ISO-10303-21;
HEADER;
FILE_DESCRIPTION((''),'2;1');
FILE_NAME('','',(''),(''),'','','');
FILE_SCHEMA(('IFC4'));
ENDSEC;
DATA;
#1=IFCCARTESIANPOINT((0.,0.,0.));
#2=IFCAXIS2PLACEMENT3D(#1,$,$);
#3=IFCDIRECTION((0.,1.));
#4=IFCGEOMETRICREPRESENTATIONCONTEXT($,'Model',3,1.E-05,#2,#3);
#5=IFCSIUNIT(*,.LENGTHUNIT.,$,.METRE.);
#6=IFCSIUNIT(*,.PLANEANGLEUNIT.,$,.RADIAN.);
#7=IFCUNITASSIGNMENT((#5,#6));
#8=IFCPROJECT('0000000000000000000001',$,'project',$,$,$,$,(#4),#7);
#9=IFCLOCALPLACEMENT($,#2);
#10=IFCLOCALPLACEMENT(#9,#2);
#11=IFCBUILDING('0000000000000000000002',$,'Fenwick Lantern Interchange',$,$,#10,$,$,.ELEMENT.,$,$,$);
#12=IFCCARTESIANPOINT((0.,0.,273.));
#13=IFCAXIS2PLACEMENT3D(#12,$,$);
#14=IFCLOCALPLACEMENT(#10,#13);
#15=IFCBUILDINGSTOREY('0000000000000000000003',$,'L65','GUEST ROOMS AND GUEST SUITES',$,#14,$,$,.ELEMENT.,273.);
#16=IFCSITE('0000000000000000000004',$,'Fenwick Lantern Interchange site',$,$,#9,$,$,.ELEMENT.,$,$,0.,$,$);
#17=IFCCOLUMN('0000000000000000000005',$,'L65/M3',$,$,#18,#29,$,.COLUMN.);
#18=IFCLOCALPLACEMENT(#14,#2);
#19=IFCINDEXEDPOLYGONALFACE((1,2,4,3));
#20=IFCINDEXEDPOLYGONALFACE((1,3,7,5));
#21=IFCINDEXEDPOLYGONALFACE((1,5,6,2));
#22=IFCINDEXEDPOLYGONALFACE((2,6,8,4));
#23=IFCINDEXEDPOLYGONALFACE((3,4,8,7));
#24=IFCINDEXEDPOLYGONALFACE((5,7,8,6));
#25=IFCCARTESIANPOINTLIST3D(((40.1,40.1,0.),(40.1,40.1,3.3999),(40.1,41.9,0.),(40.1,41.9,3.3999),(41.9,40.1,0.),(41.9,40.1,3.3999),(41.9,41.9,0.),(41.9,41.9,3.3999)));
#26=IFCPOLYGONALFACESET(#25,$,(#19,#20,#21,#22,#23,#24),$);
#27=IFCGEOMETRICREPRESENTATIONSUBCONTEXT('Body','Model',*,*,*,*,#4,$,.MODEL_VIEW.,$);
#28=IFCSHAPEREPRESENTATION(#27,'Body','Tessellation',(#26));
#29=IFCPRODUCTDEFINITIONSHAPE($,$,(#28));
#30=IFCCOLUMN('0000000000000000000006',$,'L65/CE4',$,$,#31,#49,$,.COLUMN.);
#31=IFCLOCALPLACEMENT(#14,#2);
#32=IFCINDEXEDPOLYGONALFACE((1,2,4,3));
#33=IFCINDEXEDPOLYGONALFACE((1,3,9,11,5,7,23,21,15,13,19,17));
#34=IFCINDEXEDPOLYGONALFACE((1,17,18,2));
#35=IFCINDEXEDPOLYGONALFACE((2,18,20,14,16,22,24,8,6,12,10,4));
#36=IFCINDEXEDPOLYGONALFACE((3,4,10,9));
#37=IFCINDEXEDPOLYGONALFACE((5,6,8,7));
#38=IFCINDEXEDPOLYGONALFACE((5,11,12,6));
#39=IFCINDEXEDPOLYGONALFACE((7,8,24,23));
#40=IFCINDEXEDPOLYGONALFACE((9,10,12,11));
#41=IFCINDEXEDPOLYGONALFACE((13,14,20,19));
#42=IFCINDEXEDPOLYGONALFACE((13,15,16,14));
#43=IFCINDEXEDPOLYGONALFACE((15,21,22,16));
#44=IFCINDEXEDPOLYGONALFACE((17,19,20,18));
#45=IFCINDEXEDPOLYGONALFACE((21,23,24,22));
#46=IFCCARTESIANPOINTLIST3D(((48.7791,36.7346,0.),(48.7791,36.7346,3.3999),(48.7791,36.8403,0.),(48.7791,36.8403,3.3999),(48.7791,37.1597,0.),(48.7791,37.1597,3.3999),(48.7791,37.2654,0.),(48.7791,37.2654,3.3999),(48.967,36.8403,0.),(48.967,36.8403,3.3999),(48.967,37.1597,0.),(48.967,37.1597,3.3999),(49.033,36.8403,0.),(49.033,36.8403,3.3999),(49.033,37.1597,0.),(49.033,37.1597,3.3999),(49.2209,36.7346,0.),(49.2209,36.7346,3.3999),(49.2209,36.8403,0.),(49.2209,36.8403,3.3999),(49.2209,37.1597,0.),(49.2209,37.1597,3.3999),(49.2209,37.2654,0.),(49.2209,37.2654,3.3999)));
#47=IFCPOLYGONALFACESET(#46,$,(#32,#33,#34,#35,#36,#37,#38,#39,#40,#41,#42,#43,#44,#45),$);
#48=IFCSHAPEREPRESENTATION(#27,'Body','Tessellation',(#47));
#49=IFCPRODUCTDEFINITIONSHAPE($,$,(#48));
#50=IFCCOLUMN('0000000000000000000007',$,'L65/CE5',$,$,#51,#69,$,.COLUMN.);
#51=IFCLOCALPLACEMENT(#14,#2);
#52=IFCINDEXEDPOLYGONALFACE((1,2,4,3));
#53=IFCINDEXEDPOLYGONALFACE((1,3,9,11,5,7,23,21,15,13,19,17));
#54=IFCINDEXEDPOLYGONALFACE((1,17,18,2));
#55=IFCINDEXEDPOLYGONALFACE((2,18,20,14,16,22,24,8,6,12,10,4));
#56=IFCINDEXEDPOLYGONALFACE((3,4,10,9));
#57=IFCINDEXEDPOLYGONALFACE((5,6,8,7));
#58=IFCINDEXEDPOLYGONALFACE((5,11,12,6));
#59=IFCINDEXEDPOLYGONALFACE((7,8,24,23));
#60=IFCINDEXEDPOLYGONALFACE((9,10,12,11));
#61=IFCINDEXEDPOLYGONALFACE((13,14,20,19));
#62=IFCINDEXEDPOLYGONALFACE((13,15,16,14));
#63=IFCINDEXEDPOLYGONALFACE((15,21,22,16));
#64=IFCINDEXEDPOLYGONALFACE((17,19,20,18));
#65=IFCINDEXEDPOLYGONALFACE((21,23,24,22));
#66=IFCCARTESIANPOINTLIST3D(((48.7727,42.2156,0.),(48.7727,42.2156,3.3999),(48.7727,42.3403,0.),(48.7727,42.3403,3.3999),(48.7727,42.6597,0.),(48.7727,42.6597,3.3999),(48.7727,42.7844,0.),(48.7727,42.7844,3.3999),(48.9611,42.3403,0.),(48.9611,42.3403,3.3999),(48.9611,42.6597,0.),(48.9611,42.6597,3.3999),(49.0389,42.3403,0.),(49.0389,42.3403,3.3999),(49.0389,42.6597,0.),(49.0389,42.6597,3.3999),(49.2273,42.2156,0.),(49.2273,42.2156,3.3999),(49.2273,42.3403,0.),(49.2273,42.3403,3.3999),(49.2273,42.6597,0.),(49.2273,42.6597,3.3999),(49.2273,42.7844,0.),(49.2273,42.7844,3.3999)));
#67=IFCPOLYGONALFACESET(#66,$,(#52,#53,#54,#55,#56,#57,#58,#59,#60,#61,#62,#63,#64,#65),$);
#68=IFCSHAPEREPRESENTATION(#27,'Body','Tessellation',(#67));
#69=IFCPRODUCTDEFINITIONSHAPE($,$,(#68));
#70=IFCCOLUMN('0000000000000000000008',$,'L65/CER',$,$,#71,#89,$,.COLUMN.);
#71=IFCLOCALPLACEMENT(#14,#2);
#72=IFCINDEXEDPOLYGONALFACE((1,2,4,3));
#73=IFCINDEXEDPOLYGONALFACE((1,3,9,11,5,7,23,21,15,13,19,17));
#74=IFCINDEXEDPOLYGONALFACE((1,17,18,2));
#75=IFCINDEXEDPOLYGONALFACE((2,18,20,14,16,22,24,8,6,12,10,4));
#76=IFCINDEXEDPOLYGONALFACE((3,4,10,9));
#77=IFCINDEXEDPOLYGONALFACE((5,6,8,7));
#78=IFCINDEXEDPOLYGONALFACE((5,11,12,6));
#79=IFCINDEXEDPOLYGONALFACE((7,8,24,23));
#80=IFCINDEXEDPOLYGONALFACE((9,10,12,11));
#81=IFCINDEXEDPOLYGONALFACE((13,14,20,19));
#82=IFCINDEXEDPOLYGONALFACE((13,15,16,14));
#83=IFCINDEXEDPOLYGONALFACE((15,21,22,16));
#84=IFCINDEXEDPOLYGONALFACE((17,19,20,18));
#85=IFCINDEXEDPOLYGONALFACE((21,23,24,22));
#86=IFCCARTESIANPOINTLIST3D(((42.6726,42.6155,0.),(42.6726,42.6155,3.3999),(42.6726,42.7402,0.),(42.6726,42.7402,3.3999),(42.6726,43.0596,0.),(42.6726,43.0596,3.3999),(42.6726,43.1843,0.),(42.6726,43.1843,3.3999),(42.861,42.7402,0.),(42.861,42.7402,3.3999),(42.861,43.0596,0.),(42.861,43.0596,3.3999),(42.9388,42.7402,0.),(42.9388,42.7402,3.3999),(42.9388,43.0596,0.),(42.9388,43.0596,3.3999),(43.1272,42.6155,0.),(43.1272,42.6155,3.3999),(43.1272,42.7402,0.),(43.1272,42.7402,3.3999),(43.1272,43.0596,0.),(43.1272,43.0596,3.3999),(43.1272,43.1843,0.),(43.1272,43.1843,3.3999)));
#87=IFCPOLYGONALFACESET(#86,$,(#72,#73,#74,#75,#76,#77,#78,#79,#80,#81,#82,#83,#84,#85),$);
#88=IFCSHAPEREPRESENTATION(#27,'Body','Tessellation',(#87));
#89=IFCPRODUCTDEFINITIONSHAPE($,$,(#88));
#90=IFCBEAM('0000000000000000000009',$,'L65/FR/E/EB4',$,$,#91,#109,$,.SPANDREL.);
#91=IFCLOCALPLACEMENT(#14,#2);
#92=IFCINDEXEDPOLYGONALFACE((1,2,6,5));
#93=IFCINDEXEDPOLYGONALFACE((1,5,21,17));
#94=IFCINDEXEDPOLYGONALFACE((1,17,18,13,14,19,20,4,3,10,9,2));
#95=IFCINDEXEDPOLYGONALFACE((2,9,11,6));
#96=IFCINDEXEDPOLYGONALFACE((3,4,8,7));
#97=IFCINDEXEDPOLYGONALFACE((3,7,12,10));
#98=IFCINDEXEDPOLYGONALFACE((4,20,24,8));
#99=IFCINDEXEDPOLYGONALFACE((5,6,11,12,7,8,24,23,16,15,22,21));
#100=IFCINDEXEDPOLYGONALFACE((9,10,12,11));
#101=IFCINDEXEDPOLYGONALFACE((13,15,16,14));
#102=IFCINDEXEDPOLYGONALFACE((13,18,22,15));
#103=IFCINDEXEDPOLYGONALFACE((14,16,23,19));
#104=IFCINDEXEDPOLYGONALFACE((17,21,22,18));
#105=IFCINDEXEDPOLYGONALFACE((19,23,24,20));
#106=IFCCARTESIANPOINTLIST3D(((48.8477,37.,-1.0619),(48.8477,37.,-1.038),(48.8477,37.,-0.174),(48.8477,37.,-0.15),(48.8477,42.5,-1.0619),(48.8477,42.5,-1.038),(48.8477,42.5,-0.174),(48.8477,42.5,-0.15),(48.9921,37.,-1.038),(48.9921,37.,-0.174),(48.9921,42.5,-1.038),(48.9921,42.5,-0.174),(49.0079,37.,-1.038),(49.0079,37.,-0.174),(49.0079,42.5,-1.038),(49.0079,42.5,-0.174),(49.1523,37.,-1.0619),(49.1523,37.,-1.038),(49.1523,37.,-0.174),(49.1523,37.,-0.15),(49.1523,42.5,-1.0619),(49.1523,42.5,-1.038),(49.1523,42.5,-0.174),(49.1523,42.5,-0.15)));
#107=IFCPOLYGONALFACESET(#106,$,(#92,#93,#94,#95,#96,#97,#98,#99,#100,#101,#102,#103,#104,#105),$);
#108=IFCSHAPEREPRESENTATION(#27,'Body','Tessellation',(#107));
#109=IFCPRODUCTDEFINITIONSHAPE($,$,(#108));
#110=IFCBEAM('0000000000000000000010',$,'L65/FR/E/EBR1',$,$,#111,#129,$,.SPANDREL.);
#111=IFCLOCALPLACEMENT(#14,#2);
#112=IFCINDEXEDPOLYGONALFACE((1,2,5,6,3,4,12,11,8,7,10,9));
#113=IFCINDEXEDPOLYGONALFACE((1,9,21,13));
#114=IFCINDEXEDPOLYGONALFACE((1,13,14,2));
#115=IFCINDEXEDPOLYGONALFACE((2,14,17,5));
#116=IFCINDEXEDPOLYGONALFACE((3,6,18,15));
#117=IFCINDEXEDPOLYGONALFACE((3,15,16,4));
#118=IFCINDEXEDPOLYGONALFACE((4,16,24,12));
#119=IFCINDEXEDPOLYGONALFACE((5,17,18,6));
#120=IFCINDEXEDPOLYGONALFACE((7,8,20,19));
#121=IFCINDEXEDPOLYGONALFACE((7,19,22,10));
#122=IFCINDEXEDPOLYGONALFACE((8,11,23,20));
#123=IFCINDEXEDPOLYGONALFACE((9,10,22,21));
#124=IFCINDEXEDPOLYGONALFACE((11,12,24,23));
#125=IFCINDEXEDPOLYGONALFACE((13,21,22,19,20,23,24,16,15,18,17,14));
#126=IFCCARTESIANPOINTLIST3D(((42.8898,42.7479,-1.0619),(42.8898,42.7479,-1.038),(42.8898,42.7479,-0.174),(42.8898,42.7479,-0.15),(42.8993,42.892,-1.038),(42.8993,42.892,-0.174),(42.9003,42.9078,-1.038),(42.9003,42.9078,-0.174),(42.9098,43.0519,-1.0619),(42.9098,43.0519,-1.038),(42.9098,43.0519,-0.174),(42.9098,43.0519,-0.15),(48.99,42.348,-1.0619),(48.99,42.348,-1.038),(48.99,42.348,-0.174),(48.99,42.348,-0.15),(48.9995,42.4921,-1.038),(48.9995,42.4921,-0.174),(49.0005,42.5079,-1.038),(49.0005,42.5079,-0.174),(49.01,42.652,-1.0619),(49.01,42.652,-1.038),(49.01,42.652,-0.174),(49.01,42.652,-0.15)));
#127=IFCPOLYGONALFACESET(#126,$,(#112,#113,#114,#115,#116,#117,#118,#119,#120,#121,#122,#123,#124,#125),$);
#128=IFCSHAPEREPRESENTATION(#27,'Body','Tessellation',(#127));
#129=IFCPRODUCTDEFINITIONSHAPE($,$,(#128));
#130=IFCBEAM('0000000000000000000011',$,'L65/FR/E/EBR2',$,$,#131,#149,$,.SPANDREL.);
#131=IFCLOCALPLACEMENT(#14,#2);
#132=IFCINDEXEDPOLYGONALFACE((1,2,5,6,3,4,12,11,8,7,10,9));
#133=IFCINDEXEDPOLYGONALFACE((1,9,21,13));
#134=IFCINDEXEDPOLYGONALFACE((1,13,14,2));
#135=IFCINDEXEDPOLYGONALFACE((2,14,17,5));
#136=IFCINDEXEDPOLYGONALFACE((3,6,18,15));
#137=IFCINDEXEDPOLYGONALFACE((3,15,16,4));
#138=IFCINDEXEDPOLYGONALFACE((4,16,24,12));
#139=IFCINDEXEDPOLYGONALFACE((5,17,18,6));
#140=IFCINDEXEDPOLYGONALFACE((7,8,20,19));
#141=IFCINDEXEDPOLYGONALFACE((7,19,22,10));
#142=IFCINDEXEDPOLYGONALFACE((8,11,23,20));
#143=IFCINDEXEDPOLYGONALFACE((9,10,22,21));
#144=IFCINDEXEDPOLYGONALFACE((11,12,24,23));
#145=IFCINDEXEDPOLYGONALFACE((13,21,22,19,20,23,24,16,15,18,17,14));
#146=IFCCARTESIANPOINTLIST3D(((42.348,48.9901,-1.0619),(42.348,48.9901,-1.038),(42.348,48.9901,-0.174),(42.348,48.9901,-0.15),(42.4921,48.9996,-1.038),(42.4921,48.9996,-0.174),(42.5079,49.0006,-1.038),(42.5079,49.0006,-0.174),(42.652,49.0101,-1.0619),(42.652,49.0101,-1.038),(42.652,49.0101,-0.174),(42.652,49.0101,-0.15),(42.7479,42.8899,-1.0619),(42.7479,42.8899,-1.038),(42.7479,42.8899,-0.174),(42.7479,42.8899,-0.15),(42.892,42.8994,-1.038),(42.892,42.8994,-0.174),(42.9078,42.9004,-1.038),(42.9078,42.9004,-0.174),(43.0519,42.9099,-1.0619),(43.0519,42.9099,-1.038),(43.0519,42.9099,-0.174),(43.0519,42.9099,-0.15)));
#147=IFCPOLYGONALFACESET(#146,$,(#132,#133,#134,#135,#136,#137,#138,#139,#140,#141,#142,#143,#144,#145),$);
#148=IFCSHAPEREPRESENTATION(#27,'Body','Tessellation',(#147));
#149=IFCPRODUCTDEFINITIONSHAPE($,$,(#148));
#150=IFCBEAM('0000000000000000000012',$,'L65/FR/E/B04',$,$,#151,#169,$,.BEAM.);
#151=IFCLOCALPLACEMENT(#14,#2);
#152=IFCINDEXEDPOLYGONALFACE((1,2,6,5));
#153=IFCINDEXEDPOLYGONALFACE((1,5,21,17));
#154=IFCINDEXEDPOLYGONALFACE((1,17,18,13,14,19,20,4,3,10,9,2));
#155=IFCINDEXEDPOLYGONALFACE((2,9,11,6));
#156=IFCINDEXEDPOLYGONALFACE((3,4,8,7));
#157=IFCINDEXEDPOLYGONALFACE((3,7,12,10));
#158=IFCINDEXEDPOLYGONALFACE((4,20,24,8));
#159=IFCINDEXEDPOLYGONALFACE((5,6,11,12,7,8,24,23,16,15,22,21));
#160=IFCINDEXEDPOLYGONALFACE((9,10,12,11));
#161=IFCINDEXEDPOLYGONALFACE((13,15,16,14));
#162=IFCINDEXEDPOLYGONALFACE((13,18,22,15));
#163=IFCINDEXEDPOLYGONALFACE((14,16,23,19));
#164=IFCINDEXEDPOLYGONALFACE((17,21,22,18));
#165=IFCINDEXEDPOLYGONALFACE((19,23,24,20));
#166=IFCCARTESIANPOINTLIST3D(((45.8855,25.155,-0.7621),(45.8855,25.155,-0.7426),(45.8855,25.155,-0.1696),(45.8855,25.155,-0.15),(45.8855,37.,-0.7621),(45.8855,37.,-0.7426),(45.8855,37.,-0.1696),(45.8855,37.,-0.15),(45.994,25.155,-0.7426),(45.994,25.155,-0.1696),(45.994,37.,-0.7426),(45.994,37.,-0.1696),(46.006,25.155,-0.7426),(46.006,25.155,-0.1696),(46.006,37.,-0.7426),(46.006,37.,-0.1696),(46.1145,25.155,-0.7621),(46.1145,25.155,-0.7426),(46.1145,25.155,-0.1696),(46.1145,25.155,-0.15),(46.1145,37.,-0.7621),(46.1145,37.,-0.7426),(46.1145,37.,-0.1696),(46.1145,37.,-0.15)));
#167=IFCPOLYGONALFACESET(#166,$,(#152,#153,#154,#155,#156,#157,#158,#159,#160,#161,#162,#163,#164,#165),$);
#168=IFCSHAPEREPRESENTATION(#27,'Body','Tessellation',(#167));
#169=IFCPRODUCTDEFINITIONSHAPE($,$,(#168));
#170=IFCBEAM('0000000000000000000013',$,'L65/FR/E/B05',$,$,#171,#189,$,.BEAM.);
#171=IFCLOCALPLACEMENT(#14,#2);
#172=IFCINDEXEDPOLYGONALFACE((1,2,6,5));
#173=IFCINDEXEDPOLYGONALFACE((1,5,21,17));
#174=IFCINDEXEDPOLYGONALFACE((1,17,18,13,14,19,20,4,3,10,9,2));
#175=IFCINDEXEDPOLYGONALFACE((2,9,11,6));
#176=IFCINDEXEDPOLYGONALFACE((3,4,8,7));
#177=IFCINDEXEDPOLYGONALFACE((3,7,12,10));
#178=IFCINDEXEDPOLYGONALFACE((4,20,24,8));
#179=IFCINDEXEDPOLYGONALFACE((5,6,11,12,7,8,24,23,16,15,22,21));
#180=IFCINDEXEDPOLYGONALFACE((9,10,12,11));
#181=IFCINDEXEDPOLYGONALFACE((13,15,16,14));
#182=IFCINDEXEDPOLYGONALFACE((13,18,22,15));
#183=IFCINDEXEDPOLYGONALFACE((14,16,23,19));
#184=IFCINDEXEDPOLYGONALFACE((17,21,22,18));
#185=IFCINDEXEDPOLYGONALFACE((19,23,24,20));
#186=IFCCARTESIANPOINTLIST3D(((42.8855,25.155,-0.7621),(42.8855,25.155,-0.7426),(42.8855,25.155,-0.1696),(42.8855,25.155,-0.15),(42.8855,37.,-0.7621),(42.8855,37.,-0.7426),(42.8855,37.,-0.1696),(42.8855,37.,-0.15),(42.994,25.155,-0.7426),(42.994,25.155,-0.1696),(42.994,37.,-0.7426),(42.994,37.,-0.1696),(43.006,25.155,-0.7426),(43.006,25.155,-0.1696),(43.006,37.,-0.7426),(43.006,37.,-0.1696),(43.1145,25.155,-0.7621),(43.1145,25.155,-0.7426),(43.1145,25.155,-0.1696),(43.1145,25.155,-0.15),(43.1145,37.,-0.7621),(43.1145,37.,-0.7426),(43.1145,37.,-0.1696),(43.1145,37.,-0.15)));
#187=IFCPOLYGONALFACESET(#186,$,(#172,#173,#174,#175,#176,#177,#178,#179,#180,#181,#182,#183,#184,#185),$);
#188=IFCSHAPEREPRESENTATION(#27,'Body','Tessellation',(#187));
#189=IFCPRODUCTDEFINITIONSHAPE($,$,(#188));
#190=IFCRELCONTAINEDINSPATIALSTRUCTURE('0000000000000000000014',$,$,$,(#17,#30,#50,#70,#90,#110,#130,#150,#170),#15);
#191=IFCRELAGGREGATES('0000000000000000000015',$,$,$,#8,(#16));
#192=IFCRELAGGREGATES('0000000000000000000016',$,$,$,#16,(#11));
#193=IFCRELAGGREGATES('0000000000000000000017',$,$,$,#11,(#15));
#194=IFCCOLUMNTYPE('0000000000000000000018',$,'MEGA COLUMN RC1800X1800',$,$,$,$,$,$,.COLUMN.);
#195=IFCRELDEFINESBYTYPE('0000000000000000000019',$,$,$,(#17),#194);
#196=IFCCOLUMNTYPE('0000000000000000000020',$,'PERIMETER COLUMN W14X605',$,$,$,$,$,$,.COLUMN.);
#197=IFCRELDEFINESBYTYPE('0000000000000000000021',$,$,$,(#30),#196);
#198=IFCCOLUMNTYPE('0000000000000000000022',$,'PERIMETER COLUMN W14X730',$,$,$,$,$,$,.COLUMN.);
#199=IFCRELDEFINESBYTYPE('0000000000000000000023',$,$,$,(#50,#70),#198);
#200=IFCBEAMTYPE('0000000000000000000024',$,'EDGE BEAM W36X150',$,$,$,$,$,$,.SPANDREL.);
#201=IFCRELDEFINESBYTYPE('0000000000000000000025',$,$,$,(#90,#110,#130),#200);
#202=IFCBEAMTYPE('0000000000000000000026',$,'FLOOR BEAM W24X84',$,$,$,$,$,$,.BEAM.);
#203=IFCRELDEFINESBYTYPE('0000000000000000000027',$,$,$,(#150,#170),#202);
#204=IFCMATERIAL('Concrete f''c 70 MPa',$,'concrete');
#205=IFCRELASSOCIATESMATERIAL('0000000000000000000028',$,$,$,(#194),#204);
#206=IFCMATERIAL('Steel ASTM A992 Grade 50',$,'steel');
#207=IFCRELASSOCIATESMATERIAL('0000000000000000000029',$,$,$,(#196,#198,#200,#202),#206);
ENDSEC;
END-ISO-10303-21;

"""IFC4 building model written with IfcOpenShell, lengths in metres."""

from ifc_helpers import new_model, si_unit, direction, frame, origin, origin_2d, place, context, subcontext, project, spatial, rectangle, i_section, extrude, material, material_profile, profile_set, type_object, element, save


model = new_model("IFC4")

# Units and contexts
model_context = context("Model", 3, precision=1e-05, world=origin(), true_north=direction((0.0, 1.0)))
body_context = subcontext(model_context, "Body", "Model", "MODEL_VIEW")
ifc_project = project(units=[si_unit("LENGTHUNIT", "METRE"), si_unit("PLANEANGLEUNIT", "RADIAN")], contexts=[model_context])

# Site, building, storey
site_placement = place(None, origin())
site = spatial("IfcSite", under=ifc_project, at=site_placement, Name="Fenwick Lantern Interchange site", CompositionType="ELEMENT", RefElevation=0.0)
building_placement = place(site_placement, origin())
building = spatial("IfcBuilding", under=site, at=building_placement, Name="Fenwick Lantern Interchange", CompositionType="ELEMENT")
storey_placement = place(building_placement, frame((0.0, 0.0, 273.0)))
storey = spatial("IfcBuildingStorey", under=building, at=storey_placement, Name="L65", Description="GUEST ROOMS AND GUEST SUITES", CompositionType="ELEMENT", Elevation=273.0)

# Columns
ifc_material_1 = material(Name="Concrete f'c 70 MPa", Category="concrete")
ifc_material_profile_1 = material_profile(ifc_material_1, rectangle(XDim=1.8, YDim=1.8, at=origin_2d()), Name="RC1800X1800")
ifc_profile_set_1 = profile_set([ifc_material_profile_1], Name="Concrete f'c 70 MPa")
column_type_1 = type_object("IfcColumnType", Name="MEGA COLUMN RC1800X1800", PredefinedType="COLUMN", material=ifc_profile_set_1)
column_1_placement = place(storey_placement, frame((41.0, 41.0, 0.0), z_axis=(0.0, 0.0, 1.0), x_axis=(1.0, 0.0, 0.0)))
element("IfcColumn", 1, at=column_1_placement, inside=storey, type_object=column_type_1, Name="L65/M3", PredefinedType="COLUMN", context=body_context, shape_type="SweptSolid", body=[
    extrude(rectangle(XDim=1.8, YDim=1.8, at=origin_2d()), origin(), (0.0, 0.0, 1.0), 3.3999),
])
ifc_material_2 = material(Name="Steel ASTM A992 Grade 50", Category="steel")
ifc_material_profile_2 = material_profile(ifc_material_2, i_section(OverallWidth=0.4419, OverallDepth=0.5308, WebThickness=0.0659, FlangeThickness=0.1057, at=origin_2d()), Name="W14X605")
ifc_profile_set_2 = profile_set([ifc_material_profile_2], Name="Steel ASTM A992 Grade 50")
column_type_2 = type_object("IfcColumnType", Name="PERIMETER COLUMN W14X605", PredefinedType="COLUMN", material=ifc_profile_set_2)
column_2_placement = place(storey_placement, frame((49.0, 37.0, 0.0), z_axis=(0.0, 0.0, 1.0), x_axis=(1.0, 0.0, 0.0)))
element("IfcColumn", 2, at=column_2_placement, inside=storey, type_object=column_type_2, Name="L65/CE4", PredefinedType="COLUMN", context=body_context, shape_type="SweptSolid", body=[
    extrude(i_section(OverallWidth=0.4419, OverallDepth=0.5308, WebThickness=0.0659, FlangeThickness=0.1057, at=origin_2d()), origin(), (0.0, 0.0, 1.0), 3.3999),
])
ifc_material_profile_3 = material_profile(ifc_material_2, i_section(OverallWidth=0.4546, OverallDepth=0.5688, WebThickness=0.0779, FlangeThickness=0.1248, at=origin_2d()), Name="W14X730")
ifc_profile_set_3 = profile_set([ifc_material_profile_3], Name="Steel ASTM A992 Grade 50")
column_type_3 = type_object("IfcColumnType", Name="PERIMETER COLUMN W14X730", PredefinedType="COLUMN", material=ifc_profile_set_3)
for number, where, z_axis, x_axis, name in (
    (3, (49.0, 42.5, 0.0), (0.0, 0.0, 1.0), (1.0, 0.0, 0.0), "L65/CE5"),
    (4, (42.8999, 42.8999, 0.0), (0.0, 0.0, 1.0), (1.0, 0.0, 0.0), "L65/CER"),
):
    element("IfcColumn", number, at=place(storey_placement, frame(where, z_axis=z_axis, x_axis=x_axis)), inside=storey, type_object=column_type_3, Name=name, PredefinedType="COLUMN", context=body_context, shape_type="SweptSolid", body=[
        extrude(i_section(OverallWidth=0.4546, OverallDepth=0.5688, WebThickness=0.0779, FlangeThickness=0.1248, at=origin_2d()), origin(), (0.0, 0.0, 1.0), 3.3999),
    ])

# Beams
ifc_material_profile_4 = material_profile(ifc_material_2, i_section(OverallWidth=0.3047, OverallDepth=0.9119, WebThickness=0.0159, FlangeThickness=0.0239, at=origin_2d()), Name="W36X150")
ifc_profile_set_4 = profile_set([ifc_material_profile_4], Name="Steel ASTM A992 Grade 50")
beam_type_1 = type_object("IfcBeamType", Name="EDGE BEAM W36X150", PredefinedType="SPANDREL", material=ifc_profile_set_4)
beam_1_placement = place(storey_placement, frame((49.0, 37.0, -0.606), z_axis=(0.0, 1.0, 0.0), x_axis=(-1.0, 0.0, 0.0)))
element("IfcBeam", 5, at=beam_1_placement, inside=storey, type_object=beam_type_1, Name="L65/FR/E/EB4", PredefinedType="SPANDREL", context=body_context, shape_type="SweptSolid", body=[
    extrude(i_section(OverallWidth=0.3047, OverallDepth=0.9119, WebThickness=0.0159, FlangeThickness=0.0239, at=origin_2d()), origin(), (0.0, 0.0, 1.0), 5.5),
])
for number, where, z_axis, x_axis, name in (
    (6, (49.0, 42.5, -0.606), (-0.997858, 0.065416, 0.0), (-0.065416, -0.997858, 0.0), "L65/FR/E/EBR1"),
    (7, (42.8999, 42.8999, -0.606), (-0.065416, 0.997858, 0.0), (-0.997858, -0.065416, 0.0), "L65/FR/E/EBR2"),
):
    element("IfcBeam", number, at=place(storey_placement, frame(where, z_axis=z_axis, x_axis=x_axis)), inside=storey, type_object=beam_type_1, Name=name, PredefinedType="SPANDREL", context=body_context, shape_type="SweptSolid", body=[
        extrude(i_section(OverallWidth=0.3047, OverallDepth=0.9119, WebThickness=0.0159, FlangeThickness=0.0239, at=origin_2d()), origin(), (0.0, 0.0, 1.0), 6.1133),
    ])
ifc_material_profile_5 = material_profile(ifc_material_2, i_section(OverallWidth=0.229, OverallDepth=0.6121, WebThickness=0.012, FlangeThickness=0.0195, at=origin_2d()), Name="W24X84")
ifc_profile_set_5 = profile_set([ifc_material_profile_5], Name="Steel ASTM A992 Grade 50")
beam_type_2 = type_object("IfcBeamType", Name="FLOOR BEAM W24X84", PredefinedType="BEAM", material=ifc_profile_set_5)
for number, where, z_axis, x_axis, name in (
    (8, (46.0, 25.155, -0.4561), (0.0, 1.0, 0.0), (-1.0, 0.0, 0.0), "L65/FR/E/B04"),
    (9, (43.0, 25.155, -0.4561), (0.0, 1.0, 0.0), (-1.0, 0.0, 0.0), "L65/FR/E/B05"),
):
    element("IfcBeam", number, at=place(storey_placement, frame(where, z_axis=z_axis, x_axis=x_axis)), inside=storey, type_object=beam_type_2, Name=name, PredefinedType="BEAM", context=body_context, shape_type="SweptSolid", body=[
        extrude(i_section(OverallWidth=0.229, OverallDepth=0.6121, WebThickness=0.012, FlangeThickness=0.0195, at=origin_2d()), origin(), (0.0, 0.0, 1.0), 11.845),
    ])

save(model, "model.ifc")
